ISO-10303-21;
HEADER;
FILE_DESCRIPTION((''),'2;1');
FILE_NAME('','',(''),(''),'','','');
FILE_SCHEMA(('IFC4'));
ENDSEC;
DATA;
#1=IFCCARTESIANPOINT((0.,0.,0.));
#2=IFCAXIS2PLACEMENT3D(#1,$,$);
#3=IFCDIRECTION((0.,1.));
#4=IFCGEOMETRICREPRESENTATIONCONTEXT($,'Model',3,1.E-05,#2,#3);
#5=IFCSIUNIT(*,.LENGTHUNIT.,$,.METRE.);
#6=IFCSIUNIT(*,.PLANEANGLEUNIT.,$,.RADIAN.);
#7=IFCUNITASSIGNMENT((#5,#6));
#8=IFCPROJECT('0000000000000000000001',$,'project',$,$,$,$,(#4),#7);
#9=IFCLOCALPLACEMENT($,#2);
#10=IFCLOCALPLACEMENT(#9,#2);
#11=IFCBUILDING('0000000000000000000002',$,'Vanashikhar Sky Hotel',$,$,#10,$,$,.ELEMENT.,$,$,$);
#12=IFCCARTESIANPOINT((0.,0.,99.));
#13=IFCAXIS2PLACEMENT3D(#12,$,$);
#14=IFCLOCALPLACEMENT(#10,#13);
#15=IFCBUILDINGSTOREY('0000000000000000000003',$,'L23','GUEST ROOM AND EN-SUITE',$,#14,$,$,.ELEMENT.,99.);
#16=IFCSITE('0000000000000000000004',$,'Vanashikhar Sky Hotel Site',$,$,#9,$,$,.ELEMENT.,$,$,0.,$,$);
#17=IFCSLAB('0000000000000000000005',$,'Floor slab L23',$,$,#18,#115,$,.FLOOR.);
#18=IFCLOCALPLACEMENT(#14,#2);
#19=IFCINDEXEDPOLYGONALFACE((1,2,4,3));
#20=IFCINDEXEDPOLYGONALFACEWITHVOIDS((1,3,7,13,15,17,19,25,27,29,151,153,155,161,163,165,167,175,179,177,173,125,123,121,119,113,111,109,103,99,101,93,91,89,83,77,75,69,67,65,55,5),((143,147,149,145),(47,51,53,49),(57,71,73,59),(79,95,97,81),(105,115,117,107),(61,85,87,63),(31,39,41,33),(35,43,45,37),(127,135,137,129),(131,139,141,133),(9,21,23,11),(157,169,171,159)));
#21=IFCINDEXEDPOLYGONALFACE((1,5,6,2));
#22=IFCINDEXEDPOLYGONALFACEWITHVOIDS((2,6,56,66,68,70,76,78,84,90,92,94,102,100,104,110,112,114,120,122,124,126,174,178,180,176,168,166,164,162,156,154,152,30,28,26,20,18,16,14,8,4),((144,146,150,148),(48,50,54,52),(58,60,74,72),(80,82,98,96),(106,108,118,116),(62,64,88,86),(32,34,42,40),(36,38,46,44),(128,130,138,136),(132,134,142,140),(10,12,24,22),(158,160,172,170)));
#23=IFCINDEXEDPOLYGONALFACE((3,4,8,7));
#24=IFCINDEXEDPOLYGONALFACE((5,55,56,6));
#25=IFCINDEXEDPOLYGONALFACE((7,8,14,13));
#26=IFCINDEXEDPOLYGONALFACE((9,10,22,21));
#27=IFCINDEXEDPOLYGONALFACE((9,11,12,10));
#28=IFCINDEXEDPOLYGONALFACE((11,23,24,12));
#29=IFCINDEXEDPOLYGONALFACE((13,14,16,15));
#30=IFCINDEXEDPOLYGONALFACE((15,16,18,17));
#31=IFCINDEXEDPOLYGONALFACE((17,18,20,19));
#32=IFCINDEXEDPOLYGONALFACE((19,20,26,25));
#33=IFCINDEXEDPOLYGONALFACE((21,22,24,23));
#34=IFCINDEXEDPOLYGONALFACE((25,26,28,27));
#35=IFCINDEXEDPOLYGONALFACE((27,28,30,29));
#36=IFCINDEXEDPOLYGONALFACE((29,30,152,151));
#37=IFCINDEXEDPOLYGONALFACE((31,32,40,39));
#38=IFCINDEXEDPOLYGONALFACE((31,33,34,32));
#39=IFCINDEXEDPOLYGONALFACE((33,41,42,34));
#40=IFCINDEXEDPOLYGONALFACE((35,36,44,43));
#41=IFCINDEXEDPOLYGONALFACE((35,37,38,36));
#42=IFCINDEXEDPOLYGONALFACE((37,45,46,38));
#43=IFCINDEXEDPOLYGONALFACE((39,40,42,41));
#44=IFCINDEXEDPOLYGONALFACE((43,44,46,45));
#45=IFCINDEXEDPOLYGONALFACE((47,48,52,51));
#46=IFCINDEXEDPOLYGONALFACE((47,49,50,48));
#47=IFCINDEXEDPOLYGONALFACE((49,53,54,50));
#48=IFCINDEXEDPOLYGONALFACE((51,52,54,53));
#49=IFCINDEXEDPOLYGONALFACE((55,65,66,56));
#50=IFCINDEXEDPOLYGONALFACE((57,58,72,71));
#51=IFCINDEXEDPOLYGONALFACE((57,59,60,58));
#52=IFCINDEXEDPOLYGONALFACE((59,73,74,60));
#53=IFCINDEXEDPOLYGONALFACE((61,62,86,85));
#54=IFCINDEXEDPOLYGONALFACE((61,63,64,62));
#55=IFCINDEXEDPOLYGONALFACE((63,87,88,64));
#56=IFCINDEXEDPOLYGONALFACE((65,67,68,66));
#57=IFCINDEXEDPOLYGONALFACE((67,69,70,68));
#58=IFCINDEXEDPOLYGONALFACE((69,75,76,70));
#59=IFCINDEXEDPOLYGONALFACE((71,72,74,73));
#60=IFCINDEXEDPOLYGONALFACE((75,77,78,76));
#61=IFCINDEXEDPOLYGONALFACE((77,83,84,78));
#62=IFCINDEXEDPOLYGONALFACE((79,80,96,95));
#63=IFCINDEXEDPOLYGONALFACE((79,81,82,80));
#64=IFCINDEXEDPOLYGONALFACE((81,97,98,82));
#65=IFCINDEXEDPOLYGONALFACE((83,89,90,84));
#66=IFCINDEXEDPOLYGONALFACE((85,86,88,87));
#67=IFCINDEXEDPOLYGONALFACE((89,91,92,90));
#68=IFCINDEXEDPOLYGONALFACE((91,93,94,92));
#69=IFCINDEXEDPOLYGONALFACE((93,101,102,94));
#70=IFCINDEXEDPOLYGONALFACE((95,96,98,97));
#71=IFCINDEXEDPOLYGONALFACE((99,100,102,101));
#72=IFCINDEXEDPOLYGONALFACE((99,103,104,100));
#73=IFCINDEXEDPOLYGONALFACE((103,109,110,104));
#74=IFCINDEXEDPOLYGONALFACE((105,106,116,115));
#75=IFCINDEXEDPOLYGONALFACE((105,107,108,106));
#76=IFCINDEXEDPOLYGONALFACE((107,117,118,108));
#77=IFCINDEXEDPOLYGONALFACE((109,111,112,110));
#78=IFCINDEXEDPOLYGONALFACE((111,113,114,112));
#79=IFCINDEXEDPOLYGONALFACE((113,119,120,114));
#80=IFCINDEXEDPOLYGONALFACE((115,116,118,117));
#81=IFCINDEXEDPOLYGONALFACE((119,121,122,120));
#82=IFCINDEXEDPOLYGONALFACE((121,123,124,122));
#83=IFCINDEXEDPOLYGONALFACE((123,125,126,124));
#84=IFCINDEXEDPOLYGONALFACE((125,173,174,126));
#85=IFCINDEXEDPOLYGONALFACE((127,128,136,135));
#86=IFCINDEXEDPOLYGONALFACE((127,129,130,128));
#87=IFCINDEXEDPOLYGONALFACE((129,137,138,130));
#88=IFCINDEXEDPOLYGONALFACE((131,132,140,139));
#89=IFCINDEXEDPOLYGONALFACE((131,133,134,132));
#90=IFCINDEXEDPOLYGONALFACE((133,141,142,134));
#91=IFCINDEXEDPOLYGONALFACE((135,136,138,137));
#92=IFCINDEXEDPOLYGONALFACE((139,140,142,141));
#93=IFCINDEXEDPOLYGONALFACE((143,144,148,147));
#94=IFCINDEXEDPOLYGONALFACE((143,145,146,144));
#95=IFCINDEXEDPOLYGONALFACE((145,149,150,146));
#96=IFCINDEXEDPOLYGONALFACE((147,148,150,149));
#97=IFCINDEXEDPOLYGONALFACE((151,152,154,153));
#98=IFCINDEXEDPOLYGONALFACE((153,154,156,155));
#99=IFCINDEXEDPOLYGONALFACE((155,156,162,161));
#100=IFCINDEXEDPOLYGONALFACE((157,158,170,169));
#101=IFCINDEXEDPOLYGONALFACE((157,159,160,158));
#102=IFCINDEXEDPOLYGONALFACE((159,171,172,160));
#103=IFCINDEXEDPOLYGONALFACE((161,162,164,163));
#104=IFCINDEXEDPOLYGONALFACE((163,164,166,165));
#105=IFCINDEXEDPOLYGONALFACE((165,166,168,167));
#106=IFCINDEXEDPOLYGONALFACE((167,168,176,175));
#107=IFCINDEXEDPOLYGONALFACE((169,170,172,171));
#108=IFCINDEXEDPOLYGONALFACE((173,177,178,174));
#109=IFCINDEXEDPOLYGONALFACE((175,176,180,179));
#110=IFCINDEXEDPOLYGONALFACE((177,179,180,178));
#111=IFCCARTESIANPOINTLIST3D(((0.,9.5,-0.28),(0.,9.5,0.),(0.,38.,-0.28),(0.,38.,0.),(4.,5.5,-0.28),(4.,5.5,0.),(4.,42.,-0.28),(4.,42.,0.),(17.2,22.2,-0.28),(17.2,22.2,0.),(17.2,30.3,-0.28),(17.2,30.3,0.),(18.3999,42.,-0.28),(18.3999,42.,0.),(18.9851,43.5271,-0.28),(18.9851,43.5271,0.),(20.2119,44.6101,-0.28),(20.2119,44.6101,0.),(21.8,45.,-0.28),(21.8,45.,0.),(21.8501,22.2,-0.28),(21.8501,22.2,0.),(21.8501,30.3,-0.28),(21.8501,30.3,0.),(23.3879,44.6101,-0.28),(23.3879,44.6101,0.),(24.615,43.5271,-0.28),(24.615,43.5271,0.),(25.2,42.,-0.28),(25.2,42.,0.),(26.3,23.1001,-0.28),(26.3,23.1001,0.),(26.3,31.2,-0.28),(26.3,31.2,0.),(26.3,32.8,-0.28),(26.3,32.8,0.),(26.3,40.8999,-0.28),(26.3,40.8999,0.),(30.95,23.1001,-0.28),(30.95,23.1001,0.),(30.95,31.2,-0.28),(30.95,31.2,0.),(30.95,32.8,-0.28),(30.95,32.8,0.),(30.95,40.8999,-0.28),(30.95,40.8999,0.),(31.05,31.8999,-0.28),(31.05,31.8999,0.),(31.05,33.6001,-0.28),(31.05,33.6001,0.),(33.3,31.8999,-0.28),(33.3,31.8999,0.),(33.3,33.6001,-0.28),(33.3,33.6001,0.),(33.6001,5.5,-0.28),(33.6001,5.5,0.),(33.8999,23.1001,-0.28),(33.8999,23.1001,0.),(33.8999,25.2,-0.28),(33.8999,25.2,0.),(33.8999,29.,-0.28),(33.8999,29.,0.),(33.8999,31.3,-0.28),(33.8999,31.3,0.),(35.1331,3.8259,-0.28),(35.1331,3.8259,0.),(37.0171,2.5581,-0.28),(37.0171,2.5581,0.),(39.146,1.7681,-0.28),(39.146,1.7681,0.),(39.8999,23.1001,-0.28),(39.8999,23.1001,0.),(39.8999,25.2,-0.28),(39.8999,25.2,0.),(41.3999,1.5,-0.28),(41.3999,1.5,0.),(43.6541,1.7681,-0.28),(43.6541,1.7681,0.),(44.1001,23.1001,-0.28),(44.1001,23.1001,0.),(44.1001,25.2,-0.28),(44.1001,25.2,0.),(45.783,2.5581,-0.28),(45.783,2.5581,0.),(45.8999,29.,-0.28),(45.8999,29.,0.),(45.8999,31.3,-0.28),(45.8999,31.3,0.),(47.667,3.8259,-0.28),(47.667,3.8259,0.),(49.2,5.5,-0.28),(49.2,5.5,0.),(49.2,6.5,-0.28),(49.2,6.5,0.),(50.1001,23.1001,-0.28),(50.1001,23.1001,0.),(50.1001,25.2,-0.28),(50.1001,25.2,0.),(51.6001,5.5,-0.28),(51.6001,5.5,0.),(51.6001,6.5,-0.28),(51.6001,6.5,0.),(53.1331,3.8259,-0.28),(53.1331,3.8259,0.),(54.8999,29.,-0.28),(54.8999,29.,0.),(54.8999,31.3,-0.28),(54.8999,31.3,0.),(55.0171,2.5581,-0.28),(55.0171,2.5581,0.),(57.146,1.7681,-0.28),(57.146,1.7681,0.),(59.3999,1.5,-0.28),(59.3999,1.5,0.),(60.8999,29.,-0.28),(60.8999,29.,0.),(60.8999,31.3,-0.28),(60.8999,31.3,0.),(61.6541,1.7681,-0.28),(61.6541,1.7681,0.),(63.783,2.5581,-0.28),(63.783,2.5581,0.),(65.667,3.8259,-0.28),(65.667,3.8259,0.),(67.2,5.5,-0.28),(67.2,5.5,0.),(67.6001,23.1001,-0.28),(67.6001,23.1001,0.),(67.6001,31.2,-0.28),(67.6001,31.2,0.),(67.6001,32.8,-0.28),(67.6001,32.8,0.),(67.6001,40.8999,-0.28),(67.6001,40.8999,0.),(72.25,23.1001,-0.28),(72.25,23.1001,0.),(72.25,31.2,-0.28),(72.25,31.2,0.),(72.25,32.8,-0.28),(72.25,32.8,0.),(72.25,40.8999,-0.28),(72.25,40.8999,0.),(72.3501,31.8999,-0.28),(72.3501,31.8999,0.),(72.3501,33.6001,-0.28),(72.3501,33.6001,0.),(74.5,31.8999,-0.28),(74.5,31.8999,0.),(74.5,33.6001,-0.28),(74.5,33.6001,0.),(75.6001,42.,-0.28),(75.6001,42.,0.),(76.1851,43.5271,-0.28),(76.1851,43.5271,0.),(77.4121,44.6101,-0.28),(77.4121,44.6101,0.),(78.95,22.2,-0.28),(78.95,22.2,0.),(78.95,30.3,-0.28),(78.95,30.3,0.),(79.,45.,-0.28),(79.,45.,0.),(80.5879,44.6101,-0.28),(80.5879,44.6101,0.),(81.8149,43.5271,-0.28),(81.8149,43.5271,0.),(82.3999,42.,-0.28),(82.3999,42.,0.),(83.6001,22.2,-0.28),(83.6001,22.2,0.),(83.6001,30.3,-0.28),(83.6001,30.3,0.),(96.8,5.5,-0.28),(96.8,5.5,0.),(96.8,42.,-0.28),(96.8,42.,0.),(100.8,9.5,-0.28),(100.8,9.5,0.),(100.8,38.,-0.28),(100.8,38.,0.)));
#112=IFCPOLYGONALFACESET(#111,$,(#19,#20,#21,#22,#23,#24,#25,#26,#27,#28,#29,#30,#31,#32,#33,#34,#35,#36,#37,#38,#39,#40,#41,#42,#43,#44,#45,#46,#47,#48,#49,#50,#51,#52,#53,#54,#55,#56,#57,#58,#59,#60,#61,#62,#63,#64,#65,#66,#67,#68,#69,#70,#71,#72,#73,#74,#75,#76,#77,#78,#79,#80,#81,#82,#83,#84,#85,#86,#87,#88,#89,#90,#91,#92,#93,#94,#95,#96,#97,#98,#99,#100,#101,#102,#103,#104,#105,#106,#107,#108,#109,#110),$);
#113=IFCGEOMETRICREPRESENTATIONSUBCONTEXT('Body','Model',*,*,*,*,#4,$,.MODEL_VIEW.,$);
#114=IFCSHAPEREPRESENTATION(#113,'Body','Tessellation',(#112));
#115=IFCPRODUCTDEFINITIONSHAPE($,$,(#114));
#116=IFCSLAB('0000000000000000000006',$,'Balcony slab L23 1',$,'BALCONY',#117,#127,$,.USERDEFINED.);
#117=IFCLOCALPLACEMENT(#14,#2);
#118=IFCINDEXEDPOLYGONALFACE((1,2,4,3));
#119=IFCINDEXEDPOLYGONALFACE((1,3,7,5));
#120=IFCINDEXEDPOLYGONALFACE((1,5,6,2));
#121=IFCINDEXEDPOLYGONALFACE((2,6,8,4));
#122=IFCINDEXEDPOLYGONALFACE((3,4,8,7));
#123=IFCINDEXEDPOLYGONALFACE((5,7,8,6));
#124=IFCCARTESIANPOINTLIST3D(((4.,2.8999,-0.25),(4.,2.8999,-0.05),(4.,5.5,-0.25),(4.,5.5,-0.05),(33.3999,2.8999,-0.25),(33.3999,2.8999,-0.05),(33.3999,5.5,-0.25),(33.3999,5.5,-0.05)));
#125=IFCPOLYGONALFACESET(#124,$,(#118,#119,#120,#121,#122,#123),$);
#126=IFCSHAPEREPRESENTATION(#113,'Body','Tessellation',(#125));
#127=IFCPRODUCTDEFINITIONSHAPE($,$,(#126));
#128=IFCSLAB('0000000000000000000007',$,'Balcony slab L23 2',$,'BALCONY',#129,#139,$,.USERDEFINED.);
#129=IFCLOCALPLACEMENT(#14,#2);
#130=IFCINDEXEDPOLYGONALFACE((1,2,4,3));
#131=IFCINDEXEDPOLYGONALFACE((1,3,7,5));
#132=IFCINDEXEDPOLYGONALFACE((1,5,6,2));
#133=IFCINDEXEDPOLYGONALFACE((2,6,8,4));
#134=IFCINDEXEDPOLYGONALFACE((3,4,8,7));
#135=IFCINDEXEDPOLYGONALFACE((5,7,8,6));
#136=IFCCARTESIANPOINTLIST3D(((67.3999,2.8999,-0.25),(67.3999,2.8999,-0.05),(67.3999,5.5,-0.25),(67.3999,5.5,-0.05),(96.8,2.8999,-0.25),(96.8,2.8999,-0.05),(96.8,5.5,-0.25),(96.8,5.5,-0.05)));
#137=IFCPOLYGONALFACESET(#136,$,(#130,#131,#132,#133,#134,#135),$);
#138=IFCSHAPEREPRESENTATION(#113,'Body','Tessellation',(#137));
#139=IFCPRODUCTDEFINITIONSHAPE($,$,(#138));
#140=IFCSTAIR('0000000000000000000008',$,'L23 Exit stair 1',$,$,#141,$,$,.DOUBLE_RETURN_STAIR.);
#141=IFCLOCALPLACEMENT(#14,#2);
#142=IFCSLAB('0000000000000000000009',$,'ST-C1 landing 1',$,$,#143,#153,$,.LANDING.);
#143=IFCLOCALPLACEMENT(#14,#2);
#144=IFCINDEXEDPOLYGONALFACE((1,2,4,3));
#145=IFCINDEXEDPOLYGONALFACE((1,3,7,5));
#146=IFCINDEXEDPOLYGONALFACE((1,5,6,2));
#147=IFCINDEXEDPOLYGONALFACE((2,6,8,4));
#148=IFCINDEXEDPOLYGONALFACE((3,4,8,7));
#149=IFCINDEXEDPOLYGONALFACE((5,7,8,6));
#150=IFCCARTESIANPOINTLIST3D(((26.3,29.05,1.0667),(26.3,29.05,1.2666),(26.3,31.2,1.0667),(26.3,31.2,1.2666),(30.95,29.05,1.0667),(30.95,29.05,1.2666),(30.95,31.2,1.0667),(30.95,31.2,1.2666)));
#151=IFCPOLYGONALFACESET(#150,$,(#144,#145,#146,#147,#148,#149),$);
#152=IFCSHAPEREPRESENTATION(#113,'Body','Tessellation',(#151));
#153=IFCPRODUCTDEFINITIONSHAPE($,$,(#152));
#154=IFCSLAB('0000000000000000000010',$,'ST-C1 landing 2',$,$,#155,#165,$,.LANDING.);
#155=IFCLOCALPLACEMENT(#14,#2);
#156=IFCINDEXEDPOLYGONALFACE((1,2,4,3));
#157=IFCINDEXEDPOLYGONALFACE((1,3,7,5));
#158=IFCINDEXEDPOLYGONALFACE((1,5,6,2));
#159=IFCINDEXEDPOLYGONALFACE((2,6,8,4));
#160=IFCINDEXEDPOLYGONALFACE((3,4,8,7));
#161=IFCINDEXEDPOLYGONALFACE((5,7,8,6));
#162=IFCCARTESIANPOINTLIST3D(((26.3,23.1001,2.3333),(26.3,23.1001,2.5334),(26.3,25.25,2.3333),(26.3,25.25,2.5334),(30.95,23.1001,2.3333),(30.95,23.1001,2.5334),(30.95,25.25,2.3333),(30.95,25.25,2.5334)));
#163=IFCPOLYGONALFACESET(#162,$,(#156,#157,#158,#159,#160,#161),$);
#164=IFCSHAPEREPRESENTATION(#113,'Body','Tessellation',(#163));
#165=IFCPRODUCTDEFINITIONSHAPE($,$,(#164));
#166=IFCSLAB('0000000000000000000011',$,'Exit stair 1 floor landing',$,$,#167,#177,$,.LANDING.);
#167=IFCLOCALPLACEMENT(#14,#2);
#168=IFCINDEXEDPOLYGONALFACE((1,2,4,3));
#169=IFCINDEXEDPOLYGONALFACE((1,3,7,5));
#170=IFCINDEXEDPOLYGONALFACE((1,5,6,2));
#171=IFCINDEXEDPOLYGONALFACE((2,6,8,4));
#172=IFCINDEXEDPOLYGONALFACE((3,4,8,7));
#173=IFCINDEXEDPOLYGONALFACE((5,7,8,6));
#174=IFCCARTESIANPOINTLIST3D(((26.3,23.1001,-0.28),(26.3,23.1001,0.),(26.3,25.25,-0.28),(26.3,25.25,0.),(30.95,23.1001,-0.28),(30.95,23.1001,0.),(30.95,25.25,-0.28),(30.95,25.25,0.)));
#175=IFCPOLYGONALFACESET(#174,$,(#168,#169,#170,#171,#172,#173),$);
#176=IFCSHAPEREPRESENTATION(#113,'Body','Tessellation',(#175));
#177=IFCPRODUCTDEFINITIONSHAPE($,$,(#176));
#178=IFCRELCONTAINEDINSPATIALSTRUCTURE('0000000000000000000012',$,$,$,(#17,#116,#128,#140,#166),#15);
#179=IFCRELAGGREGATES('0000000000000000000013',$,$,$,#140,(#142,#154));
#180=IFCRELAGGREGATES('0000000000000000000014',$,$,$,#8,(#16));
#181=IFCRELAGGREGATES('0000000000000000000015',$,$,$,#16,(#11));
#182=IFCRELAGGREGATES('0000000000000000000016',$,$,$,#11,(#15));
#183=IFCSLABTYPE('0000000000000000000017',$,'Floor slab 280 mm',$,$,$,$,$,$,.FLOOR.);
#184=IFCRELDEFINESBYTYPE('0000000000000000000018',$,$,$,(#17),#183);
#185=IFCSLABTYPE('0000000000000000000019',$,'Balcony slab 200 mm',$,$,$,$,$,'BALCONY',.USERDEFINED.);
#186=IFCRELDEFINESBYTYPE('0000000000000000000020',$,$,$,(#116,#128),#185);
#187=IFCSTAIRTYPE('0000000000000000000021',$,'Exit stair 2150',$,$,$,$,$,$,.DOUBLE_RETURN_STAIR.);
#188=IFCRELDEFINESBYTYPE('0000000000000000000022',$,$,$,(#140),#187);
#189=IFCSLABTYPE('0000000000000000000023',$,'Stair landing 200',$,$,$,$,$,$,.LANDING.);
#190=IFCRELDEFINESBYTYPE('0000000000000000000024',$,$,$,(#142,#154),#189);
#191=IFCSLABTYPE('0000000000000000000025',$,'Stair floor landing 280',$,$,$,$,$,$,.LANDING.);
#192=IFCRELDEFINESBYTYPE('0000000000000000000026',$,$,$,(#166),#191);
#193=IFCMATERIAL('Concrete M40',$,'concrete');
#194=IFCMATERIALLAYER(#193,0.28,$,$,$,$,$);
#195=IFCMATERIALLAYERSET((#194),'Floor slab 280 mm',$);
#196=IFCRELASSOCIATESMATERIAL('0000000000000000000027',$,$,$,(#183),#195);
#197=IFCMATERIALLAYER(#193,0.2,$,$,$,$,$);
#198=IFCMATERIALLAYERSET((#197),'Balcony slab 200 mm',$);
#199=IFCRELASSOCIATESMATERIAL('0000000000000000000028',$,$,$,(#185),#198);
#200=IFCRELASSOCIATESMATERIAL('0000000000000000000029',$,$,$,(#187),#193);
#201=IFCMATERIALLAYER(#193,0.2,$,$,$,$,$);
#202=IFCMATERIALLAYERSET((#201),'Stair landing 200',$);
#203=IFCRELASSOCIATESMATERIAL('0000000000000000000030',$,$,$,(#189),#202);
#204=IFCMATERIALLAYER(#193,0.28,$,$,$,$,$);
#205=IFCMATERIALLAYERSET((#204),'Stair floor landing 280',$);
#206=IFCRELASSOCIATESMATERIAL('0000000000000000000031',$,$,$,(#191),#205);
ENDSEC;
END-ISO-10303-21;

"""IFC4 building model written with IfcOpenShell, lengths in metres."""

from ifc_helpers import new_model, si_unit, direction, frame, origin, place, context, subcontext, project, spatial, polyline, outline, extrude, source, transform, mapped, material, layer, layer_set, type_object, element, aggregate, save


model = new_model("IFC4")

# Units and contexts
model_context = context("Model", 3, precision=1e-05, world=origin(), true_north=direction((0.0, 1.0)))
body_context = subcontext(model_context, "Body", "Model", "MODEL_VIEW")
ifc_project = project(units=[si_unit("LENGTHUNIT", "METRE"), si_unit("PLANEANGLEUNIT", "RADIAN")], contexts=[model_context])

# Site, building, storey
site_placement = place(None, origin())
site = spatial("IfcSite", under=ifc_project, at=site_placement, Name="Vanashikhar Sky Hotel Site", CompositionType="ELEMENT", RefElevation=0.0)
building_placement = place(site_placement, origin())
building = spatial("IfcBuilding", under=site, at=building_placement, Name="Vanashikhar Sky Hotel", CompositionType="ELEMENT")
storey_placement = place(building_placement, frame((0.0, 0.0, 99.0)))
storey = spatial("IfcBuildingStorey", under=building, at=storey_placement, Name="L23", Description="GUEST ROOM AND EN-SUITE", CompositionType="ELEMENT", Elevation=99.0)

# Slabs
ifc_material_1 = material(Name="Concrete M40", Category="concrete")
ifc_layer_1 = layer(ifc_material_1, 0.28)
ifc_layer_set_1 = layer_set([ifc_layer_1], Name="Floor slab 280 mm")
slab_type_1 = type_object("IfcSlabType", Name="Floor slab 280 mm", PredefinedType="FLOOR", material=ifc_layer_set_1)
shared_shape_1 = source(origin(), body_context, "Body", "SweptSolid", [
    extrude(outline(polyline([(49.2, 5.5), (49.2, 6.5), (51.6001, 6.5), (51.6001, 5.5), (53.1331, 3.8259), (55.0171, 2.5581), (57.146, 1.7681), (59.3999, 1.5), (61.6541, 1.7681), (63.783, 2.5581), (65.667, 3.8259), (67.2, 5.5), (96.8, 5.5), (100.8, 9.5), (100.8, 38.0), (96.8, 42.0), (82.3999, 42.0), (81.8149, 43.5271), (80.5879, 44.6101), (79.0, 45.0), (77.4121, 44.6101), (76.1851, 43.5271), (75.6001, 42.0), (25.2, 42.0), (24.615, 43.5271), (23.3879, 44.6101), (21.8, 45.0), (20.2119, 44.6101), (18.9851, 43.5271), (18.3999, 42.0), (4.0, 42.0), (0.0, 38.0), (0.0, 9.5), (4.0, 5.5), (33.6001, 5.5), (35.1331, 3.8259), (37.0171, 2.5581), (39.146, 1.7681), (41.3999, 1.5), (43.6541, 1.7681), (45.783, 2.5581), (47.667, 3.8259), (49.2, 5.5)]), holes=[polyline([(33.3, 33.6001), (31.05, 33.6001), (31.05, 31.8999), (33.3, 31.8999), (33.3, 33.6001)]), polyline([(33.8999, 25.2), (33.8999, 23.1001), (39.8999, 23.1001), (39.8999, 25.2), (33.8999, 25.2)]), polyline([(33.8999, 31.3), (33.8999, 29.0), (45.8999, 29.0), (45.8999, 31.3), (33.8999, 31.3)]), polyline([(44.1001, 25.2), (44.1001, 23.1001), (50.1001, 23.1001), (50.1001, 25.2), (44.1001, 25.2)]), polyline([(54.8999, 31.3), (54.8999, 29.0), (60.8999, 29.0), (60.8999, 31.3), (54.8999, 31.3)]), polyline([(74.5, 33.6001), (72.3501, 33.6001), (72.3501, 31.8999), (74.5, 31.8999), (74.5, 33.6001)]), polyline([(30.95, 23.1001), (30.95, 31.2), (26.3, 31.2), (26.3, 23.1001), (30.95, 23.1001)]), polyline([(72.25, 23.1001), (72.25, 31.2), (67.6001, 31.2), (67.6001, 23.1001), (72.25, 23.1001)]), polyline([(30.95, 32.8), (30.95, 40.8999), (26.3, 40.8999), (26.3, 32.8), (30.95, 32.8)]), polyline([(72.25, 32.8), (72.25, 40.8999), (67.6001, 40.8999), (67.6001, 32.8), (72.25, 32.8)]), polyline([(83.6001, 22.2), (83.6001, 30.3), (78.95, 30.3), (78.95, 22.2), (83.6001, 22.2)]), polyline([(21.8501, 22.2), (21.8501, 30.3), (17.2, 30.3), (17.2, 22.2), (21.8501, 22.2)])]), origin(), (0.0, 0.0, 1.0), 0.28),
])
slab_1_placement = place(storey_placement, frame((0.0, 0.0, -0.28)))
element("IfcSlab", 1, at=slab_1_placement, inside=storey, type_object=slab_type_1, Name="Floor slab L23", PredefinedType="FLOOR", context=body_context, shape_type="MappedRepresentation", body=[
    mapped(shared_shape_1, transform((0.0, 0.0, 0.0), scale=1.0)),
])
ifc_layer_2 = layer(ifc_material_1, 0.2)
ifc_layer_set_2 = layer_set([ifc_layer_2], Name="Balcony slab 200 mm")
slab_type_2 = type_object("IfcSlabType", Name="Balcony slab 200 mm", ElementType="BALCONY", PredefinedType="USERDEFINED", material=ifc_layer_set_2)
shared_shape_2 = source(origin(), body_context, "Body", "SweptSolid", [
    extrude(outline(polyline([(4.0, 2.8999), (33.3999, 2.8999), (33.3999, 5.5), (4.0, 5.5), (4.0, 2.8999)])), origin(), (0.0, 0.0, 1.0), 0.2),
])
slab_2_placement = place(storey_placement, frame((0.0, 0.0, -0.25)))
element("IfcSlab", 2, at=slab_2_placement, inside=storey, type_object=slab_type_2, Name="Balcony slab L23 1", ObjectType="BALCONY", PredefinedType="USERDEFINED", context=body_context, shape_type="MappedRepresentation", body=[
    mapped(shared_shape_2, transform((0.0, 0.0, 0.0), scale=1.0)),
])
shared_shape_3 = source(origin(), body_context, "Body", "SweptSolid", [
    extrude(outline(polyline([(67.3999, 2.8999), (96.8, 2.8999), (96.8, 5.5), (67.3999, 5.5), (67.3999, 2.8999)])), origin(), (0.0, 0.0, 1.0), 0.2),
])
slab_3_placement = place(storey_placement, frame((0.0, 0.0, -0.25)))
element("IfcSlab", 3, at=slab_3_placement, inside=storey, type_object=slab_type_2, Name="Balcony slab L23 2", ObjectType="BALCONY", PredefinedType="USERDEFINED", context=body_context, shape_type="MappedRepresentation", body=[
    mapped(shared_shape_3, transform((0.0, 0.0, 0.0), scale=1.0)),
])

# Stair, slabs
stair_type = type_object("IfcStairType", Name="Exit stair 2150", PredefinedType="DOUBLE_RETURN_STAIR", material=ifc_material_1)
stair_1_placement = place(storey_placement, origin())
stair_1 = element("IfcStair", 4, at=stair_1_placement, inside=storey, type_object=stair_type, Name="L23 Exit stair 1", PredefinedType="DOUBLE_RETURN_STAIR")
ifc_layer_3 = layer(ifc_material_1, 0.2)
ifc_layer_set_3 = layer_set([ifc_layer_3], Name="Stair landing 200")
slab_type_3 = type_object("IfcSlabType", Name="Stair landing 200", PredefinedType="LANDING", material=ifc_layer_set_3)
shared_shape_4 = source(origin(), body_context, "Body", "SweptSolid", [
    extrude(outline(polyline([(30.95, 29.05), (30.95, 31.2), (26.3, 31.2), (26.3, 29.05), (30.95, 29.05)])), origin(), (0.0, 0.0, 1.0), 0.2),
])
slab_4_placement = place(storey_placement, frame((0.0, 0.0, 1.0667)))
slab_4 = element("IfcSlab", 5, at=slab_4_placement, type_object=slab_type_3, Name="ST-C1 landing 1", PredefinedType="LANDING", context=body_context, shape_type="MappedRepresentation", body=[
    mapped(shared_shape_4, transform((0.0, 0.0, 0.0), scale=1.0)),
])
shared_shape_5 = source(origin(), body_context, "Body", "SweptSolid", [
    extrude(outline(polyline([(30.95, 23.1001), (30.95, 25.25), (26.3, 25.25), (26.3, 23.1001), (30.95, 23.1001)])), origin(), (0.0, 0.0, 1.0), 0.2002),
])
slab_5_placement = place(storey_placement, frame((0.0, 0.0, 2.3333)))
slab_5 = element("IfcSlab", 6, at=slab_5_placement, type_object=slab_type_3, Name="ST-C1 landing 2", PredefinedType="LANDING", context=body_context, shape_type="MappedRepresentation", body=[
    mapped(shared_shape_5, transform((0.0, 0.0, 0.0), scale=1.0)),
])
aggregate(stair_1, [slab_4, slab_5])

# Slab
ifc_layer_4 = layer(ifc_material_1, 0.28)
ifc_layer_set_4 = layer_set([ifc_layer_4], Name="Stair floor landing 280")
slab_type_4 = type_object("IfcSlabType", Name="Stair floor landing 280", PredefinedType="LANDING", material=ifc_layer_set_4)
shared_shape_6 = source(origin(), body_context, "Body", "SweptSolid", [
    extrude(outline(polyline([(30.95, 23.1001), (30.95, 25.25), (26.3, 25.25), (26.3, 23.1001), (30.95, 23.1001)])), origin(), (0.0, 0.0, 1.0), 0.28),
])
slab_6_placement = place(storey_placement, frame((0.0, 0.0, -0.28)))
element("IfcSlab", 7, at=slab_6_placement, inside=storey, type_object=slab_type_4, Name="Exit stair 1 floor landing", PredefinedType="LANDING", context=body_context, shape_type="MappedRepresentation", body=[
    mapped(shared_shape_6, transform((0.0, 0.0, 0.0), scale=1.0)),
])

save(model, "model.ifc")
